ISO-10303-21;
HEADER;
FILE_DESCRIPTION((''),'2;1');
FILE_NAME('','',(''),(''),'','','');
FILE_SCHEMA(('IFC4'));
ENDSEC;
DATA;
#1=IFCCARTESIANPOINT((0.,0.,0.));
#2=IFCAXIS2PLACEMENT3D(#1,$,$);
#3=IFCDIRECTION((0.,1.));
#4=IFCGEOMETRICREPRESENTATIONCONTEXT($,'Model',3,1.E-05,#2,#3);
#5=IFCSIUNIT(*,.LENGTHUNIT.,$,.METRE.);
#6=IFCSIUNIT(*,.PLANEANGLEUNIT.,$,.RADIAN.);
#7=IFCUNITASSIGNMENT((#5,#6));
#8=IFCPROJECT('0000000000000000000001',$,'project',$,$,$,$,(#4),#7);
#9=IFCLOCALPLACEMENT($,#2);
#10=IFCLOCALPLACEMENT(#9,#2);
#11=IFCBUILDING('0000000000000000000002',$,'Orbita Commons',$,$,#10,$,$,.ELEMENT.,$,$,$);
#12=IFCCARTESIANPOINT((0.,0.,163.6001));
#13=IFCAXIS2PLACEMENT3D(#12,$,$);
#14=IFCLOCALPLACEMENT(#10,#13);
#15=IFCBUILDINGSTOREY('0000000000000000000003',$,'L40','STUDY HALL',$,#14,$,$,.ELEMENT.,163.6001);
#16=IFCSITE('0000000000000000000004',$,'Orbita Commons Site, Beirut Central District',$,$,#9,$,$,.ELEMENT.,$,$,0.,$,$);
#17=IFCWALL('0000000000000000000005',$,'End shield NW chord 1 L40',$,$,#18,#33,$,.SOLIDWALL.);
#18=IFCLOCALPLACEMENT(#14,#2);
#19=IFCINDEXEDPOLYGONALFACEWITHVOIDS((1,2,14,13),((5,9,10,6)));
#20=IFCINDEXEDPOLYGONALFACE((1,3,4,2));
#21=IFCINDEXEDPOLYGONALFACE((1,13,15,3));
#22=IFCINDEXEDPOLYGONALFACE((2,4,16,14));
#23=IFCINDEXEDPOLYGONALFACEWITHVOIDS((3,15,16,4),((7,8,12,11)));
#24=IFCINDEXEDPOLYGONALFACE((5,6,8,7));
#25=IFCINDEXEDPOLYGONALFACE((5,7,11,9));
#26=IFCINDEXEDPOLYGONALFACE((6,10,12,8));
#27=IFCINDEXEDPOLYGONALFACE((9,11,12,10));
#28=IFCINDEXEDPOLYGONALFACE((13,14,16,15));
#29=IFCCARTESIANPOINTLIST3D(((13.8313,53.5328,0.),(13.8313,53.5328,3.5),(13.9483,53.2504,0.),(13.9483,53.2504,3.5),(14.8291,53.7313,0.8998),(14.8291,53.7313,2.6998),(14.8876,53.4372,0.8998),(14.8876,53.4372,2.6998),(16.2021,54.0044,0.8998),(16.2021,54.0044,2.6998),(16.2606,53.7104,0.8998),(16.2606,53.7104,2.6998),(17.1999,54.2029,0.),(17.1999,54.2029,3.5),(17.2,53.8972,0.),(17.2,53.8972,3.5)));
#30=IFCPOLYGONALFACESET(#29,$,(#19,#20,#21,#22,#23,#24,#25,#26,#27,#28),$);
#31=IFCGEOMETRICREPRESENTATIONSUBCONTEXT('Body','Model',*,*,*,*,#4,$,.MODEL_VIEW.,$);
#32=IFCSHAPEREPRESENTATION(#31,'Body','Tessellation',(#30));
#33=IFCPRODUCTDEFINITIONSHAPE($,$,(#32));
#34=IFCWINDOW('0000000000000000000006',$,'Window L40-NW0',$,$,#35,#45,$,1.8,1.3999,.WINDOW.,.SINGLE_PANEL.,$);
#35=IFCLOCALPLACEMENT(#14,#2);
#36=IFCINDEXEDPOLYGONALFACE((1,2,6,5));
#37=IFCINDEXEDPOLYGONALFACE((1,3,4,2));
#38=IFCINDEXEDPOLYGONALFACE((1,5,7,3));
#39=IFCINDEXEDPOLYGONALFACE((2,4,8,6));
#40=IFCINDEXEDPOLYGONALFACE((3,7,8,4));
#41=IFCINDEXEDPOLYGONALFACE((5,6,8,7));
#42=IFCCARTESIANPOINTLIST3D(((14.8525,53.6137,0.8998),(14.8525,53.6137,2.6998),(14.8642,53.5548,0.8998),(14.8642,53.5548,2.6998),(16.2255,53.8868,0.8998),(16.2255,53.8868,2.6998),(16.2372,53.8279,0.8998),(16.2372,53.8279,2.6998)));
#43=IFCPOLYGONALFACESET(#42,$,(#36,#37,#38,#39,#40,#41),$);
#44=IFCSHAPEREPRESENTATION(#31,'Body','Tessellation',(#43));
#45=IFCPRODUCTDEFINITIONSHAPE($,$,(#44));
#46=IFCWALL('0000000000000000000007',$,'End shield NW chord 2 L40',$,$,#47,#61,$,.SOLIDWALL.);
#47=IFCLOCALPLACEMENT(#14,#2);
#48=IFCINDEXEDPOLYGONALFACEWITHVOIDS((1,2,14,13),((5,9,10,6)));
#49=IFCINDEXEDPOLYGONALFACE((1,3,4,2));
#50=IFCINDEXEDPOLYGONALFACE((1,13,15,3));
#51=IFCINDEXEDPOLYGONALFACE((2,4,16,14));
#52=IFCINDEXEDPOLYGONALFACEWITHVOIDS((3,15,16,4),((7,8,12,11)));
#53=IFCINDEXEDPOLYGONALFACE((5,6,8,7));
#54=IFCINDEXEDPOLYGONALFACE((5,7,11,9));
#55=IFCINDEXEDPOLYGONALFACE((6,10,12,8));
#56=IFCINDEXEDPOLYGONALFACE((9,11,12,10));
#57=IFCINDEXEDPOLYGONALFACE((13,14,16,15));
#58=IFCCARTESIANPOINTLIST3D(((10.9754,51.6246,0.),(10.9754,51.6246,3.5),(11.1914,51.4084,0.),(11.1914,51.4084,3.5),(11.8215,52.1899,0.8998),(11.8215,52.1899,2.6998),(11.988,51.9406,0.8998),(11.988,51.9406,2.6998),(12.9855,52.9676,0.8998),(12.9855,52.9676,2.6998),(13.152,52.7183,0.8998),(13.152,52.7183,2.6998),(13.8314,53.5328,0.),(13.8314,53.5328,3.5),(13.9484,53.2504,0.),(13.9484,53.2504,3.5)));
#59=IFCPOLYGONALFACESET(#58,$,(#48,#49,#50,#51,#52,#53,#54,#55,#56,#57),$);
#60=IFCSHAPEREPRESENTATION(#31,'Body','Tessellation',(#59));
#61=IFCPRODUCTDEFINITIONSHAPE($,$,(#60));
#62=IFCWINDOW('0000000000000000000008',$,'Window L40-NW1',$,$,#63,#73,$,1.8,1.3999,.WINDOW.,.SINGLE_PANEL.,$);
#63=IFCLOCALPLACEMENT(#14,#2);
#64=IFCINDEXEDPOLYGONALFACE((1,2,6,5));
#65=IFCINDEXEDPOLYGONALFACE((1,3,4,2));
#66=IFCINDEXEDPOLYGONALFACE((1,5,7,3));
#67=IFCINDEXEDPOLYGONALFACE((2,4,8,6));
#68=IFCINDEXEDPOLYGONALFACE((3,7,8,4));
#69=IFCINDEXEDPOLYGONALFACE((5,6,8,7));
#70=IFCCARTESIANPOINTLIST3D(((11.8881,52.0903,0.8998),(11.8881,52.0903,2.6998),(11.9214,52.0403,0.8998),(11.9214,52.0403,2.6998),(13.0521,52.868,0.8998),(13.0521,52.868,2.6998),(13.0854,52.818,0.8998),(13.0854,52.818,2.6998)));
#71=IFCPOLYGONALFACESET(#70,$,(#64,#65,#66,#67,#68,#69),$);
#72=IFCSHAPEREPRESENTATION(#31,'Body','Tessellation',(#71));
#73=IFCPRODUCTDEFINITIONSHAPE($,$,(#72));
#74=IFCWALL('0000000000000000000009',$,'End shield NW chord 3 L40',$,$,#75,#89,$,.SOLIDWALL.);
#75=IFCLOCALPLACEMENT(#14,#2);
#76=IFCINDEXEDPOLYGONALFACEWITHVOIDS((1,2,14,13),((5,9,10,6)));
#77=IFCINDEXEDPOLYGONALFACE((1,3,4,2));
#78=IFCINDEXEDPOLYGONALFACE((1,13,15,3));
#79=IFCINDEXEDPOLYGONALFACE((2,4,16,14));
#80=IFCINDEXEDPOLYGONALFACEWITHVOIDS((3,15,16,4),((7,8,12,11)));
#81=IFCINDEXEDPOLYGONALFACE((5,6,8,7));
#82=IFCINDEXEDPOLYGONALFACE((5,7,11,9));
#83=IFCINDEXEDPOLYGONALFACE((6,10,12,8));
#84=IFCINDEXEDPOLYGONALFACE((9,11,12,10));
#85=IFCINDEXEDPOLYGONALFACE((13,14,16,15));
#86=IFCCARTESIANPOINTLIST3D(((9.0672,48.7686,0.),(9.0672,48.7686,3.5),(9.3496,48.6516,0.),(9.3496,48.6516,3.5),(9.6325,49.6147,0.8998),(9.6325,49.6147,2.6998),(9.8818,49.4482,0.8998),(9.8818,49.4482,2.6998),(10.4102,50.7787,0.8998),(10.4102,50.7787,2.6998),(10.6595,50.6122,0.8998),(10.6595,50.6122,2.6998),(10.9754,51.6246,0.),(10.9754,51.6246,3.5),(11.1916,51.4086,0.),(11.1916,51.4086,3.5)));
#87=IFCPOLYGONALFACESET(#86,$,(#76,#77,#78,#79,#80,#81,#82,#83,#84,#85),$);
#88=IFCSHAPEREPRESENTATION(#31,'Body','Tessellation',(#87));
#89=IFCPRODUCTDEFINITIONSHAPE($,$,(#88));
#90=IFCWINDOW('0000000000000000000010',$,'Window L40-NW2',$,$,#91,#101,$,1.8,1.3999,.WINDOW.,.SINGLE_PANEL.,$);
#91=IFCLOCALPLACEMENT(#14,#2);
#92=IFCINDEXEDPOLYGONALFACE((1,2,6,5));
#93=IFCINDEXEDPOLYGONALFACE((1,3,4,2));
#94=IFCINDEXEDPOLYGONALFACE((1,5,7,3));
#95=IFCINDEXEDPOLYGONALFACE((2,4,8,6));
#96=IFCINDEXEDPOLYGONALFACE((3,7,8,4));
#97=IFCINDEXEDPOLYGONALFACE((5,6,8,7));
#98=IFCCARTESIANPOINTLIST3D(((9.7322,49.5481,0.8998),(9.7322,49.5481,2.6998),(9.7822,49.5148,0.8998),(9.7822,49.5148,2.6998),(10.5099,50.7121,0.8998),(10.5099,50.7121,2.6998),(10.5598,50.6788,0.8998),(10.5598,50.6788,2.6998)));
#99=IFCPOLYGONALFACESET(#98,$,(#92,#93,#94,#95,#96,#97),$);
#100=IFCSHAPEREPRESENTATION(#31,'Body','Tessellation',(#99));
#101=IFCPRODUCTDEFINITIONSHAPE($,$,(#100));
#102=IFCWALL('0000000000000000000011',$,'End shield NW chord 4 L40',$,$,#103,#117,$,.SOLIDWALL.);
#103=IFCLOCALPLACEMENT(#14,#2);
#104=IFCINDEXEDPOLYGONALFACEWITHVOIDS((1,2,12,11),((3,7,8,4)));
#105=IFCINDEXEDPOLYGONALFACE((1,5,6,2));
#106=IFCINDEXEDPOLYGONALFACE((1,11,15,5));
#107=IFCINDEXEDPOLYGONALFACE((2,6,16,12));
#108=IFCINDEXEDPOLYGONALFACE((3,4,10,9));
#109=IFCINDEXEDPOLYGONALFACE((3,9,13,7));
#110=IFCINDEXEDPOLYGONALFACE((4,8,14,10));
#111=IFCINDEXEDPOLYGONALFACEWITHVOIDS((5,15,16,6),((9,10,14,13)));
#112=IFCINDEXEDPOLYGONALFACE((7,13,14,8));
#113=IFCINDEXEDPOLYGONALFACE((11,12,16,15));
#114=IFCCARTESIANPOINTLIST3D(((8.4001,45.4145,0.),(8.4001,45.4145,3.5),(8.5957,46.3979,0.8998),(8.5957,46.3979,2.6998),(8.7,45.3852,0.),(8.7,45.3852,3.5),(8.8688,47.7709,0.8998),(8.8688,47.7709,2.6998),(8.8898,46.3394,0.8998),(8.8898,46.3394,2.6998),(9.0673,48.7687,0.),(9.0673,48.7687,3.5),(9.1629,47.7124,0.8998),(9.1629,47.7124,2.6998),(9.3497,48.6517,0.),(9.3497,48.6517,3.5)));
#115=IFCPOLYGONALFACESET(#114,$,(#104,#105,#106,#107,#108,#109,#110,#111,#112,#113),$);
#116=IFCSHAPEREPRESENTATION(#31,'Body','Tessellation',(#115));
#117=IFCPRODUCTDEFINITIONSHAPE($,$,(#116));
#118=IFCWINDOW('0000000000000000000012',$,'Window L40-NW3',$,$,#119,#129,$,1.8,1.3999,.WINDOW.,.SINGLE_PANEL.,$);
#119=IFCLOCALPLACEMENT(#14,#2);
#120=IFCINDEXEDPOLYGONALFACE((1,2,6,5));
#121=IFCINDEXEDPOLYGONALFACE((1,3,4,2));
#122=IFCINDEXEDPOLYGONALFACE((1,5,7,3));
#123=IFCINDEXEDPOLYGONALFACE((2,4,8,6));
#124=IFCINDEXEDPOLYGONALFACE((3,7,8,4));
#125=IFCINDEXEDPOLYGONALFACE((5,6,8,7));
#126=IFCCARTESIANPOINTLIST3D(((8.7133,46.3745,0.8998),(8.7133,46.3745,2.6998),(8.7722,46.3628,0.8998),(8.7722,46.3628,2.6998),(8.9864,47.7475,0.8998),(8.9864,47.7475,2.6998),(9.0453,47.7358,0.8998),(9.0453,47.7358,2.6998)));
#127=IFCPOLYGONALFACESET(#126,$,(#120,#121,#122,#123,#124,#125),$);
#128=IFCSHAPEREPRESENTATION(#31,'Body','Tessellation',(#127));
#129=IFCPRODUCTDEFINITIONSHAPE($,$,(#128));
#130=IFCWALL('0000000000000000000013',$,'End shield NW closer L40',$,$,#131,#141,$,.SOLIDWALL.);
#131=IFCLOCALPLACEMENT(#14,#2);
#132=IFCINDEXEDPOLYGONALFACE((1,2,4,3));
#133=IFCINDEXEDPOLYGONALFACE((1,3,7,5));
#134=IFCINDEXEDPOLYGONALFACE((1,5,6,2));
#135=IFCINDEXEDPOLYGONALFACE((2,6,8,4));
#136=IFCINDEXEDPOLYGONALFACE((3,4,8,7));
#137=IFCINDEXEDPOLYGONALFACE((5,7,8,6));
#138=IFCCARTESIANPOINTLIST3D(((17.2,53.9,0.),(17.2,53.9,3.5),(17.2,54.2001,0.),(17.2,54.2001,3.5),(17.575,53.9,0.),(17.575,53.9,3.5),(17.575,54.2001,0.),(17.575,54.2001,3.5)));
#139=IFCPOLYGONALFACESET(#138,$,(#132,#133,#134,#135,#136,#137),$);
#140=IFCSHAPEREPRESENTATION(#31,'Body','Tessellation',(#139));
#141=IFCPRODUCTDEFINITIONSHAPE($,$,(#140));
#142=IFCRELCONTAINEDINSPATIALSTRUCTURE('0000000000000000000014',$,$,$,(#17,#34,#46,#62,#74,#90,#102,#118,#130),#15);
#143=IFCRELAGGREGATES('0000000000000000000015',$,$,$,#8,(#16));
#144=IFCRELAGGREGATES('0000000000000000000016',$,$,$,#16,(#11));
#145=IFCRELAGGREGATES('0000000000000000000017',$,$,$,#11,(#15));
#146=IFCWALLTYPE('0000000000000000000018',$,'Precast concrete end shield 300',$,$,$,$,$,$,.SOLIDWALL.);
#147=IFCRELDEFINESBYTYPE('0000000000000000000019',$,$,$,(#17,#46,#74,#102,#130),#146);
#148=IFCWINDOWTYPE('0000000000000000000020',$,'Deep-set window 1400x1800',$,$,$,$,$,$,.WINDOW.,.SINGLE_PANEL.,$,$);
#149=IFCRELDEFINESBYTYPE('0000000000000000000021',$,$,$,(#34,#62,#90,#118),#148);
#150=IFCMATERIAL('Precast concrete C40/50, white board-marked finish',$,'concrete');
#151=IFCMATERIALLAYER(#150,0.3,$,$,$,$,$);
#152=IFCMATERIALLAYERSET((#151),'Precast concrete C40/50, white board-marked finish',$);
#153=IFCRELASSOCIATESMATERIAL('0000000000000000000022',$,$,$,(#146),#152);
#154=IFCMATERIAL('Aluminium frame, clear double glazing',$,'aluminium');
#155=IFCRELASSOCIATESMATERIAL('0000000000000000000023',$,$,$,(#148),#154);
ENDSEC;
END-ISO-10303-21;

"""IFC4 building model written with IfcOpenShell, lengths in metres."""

from ifc_helpers import new_model, si_unit, direction, frame, frame_2d, origin, place, context, subcontext, project, spatial, polyline, rectangle, outline, extrude, material, layer, layer_set, type_object, element, fill, save


model = new_model("IFC4")

# Units and contexts
model_context = context("Model", 3, precision=1e-05, world=origin(), true_north=direction((0.0, 1.0)))
body_context = subcontext(model_context, "Body", "Model", "MODEL_VIEW")
ifc_project = project(units=[si_unit("LENGTHUNIT", "METRE"), si_unit("PLANEANGLEUNIT", "RADIAN")], contexts=[model_context])

# Site, building, storey
site_placement = place(None, origin())
site = spatial("IfcSite", under=ifc_project, at=site_placement, Name="Orbita Commons Site, Beirut Central District", CompositionType="ELEMENT", RefElevation=0.0)
building_placement = place(site_placement, origin())
building = spatial("IfcBuilding", under=site, at=building_placement, Name="Orbita Commons", CompositionType="ELEMENT")
storey_placement = place(building_placement, frame((0.0, 0.0, 163.6001)))
storey = spatial("IfcBuildingStorey", under=building, at=storey_placement, Name="L40", Description="STUDY HALL", CompositionType="ELEMENT", Elevation=163.6001)

# Walls, openings, windows
ifc_material_1 = material(Name="Precast concrete C40/50, white board-marked finish", Category="concrete")
ifc_layer_1 = layer(ifc_material_1, 0.3)
ifc_layer_set_1 = layer_set([ifc_layer_1], Name="Precast concrete C40/50, white board-marked finish")
wall_type_1 = type_object("IfcWallType", Name="Precast concrete end shield 300", PredefinedType="SOLIDWALL", material=ifc_layer_set_1)
wall_1_placement = place(storey_placement, frame((17.2, 54.05, 0.0), z_axis=(0.0, 0.0, 1.0), x_axis=(-0.980783, -0.1951, 0.0)))
wall_1 = element("IfcWall", 1, at=wall_1_placement, inside=storey, type_object=wall_type_1, Name="End shield NW chord 1 L40", PredefinedType="SOLIDWALL", context=body_context, shape_type="SweptSolid", body=[
    extrude(outline(polyline([(-0.0298, -0.1499), (3.4048, -0.1499), (3.3452, 0.1499), (0.0298, 0.1499), (-0.0298, -0.1499)])), origin(), (0.0, 0.0, 1.0), 3.5),
])
opening_1_placement = place(wall_1_placement, frame((0.9875, 0.0, 0.8999)))
opening_1 = element("IfcOpeningElement", 2, at=opening_1_placement, cuts=wall_1, PredefinedType="OPENING", context=body_context, shape_type="SweptSolid", body=[
    extrude(rectangle(XDim=1.3999, YDim=1.8, at=frame_2d((0.7, 0.8999))), frame((0.0, 0.1599, 0.0), z_axis=(0.0, -1.0, 0.0), x_axis=(1.0, 0.0, 0.0)), (0.0, 0.0, 1.0), 0.3201),
])
ifc_material_2 = material(Name="Aluminium frame, clear double glazing", Category="aluminium")
window_type = type_object("IfcWindowType", Name="Deep-set window 1400x1800", PartitioningType="SINGLE_PANEL", PredefinedType="WINDOW", material=ifc_material_2)
window_1_placement = place(opening_1_placement, origin())
window_1 = element("IfcWindow", 3, at=window_1_placement, inside=storey, type_object=window_type, Name="Window L40-NW0", OverallHeight=1.8, OverallWidth=1.3999, PartitioningType="SINGLE_PANEL", PredefinedType="WINDOW", context=body_context, shape_type="SweptSolid", body=[
    extrude(rectangle(XDim=1.3999, YDim=1.8, at=frame_2d((0.7, 0.8999))), frame((0.0, 0.03, 0.0), z_axis=(0.0, -1.0, 0.0), x_axis=(1.0, 0.0, 0.0)), (0.0, 0.0, 1.0), 0.0601),
])
fill(opening_1, window_1)
wall_2_placement = place(storey_placement, frame((13.8899, 53.3916, 0.0), z_axis=(0.0, 0.0, 1.0), x_axis=(-0.831493, -0.555535, 0.0)))
wall_2 = element("IfcWall", 4, at=wall_2_placement, inside=storey, type_object=wall_type_1, Name="End shield NW chord 2 L40", PredefinedType="SOLIDWALL", context=body_context, shape_type="SweptSolid", body=[
    extrude(outline(polyline([(-0.0298, -0.1499), (3.405, -0.1499), (3.3455, 0.1499), (0.0298, 0.1499), (-0.0298, -0.1499)])), origin(), (0.0, 0.0, 1.0), 3.5),
])
opening_2_placement = place(wall_2_placement, frame((0.9875, 0.0, 0.8999)))
opening_2 = element("IfcOpeningElement", 5, at=opening_2_placement, cuts=wall_2, PredefinedType="OPENING", context=body_context, shape_type="SweptSolid", body=[
    extrude(rectangle(XDim=1.3999, YDim=1.8, at=frame_2d((0.7, 0.8999))), frame((0.0, 0.1599, 0.0), z_axis=(0.0, -1.0, 0.0), x_axis=(1.0, 0.0, 0.0)), (0.0, 0.0, 1.0), 0.3201),
])
window_2_placement = place(opening_2_placement, origin())
window_2 = element("IfcWindow", 6, at=window_2_placement, inside=storey, type_object=window_type, Name="Window L40-NW1", OverallHeight=1.8, OverallWidth=1.3999, PartitioningType="SINGLE_PANEL", PredefinedType="WINDOW", context=body_context, shape_type="SweptSolid", body=[
    extrude(rectangle(XDim=1.3999, YDim=1.8, at=frame_2d((0.7, 0.8999))), frame((0.0, 0.03, 0.0), z_axis=(0.0, -1.0, 0.0), x_axis=(1.0, 0.0, 0.0)), (0.0, 0.0, 1.0), 0.0601),
])
fill(opening_2, window_2)
wall_3_placement = place(storey_placement, frame((11.0835, 51.5166, 0.0), z_axis=(0.0, 0.0, 1.0), x_axis=(-0.555535, -0.831493, 0.0)))
wall_3 = element("IfcWall", 7, at=wall_3_placement, inside=storey, type_object=wall_type_1, Name="End shield NW chord 3 L40", PredefinedType="SOLIDWALL", context=body_context, shape_type="SweptSolid", body=[
    extrude(outline(polyline([(-0.0298, -0.1499), (3.405, -0.1499), (3.3455, 0.1499), (0.0298, 0.1499), (-0.0298, -0.1499)])), origin(), (0.0, 0.0, 1.0), 3.5),
])
opening_3_placement = place(wall_3_placement, frame((0.9875, 0.0, 0.8999)))
opening_3 = element("IfcOpeningElement", 8, at=opening_3_placement, cuts=wall_3, PredefinedType="OPENING", context=body_context, shape_type="SweptSolid", body=[
    extrude(rectangle(XDim=1.3999, YDim=1.8, at=frame_2d((0.7, 0.8999))), frame((0.0, 0.1599, 0.0), z_axis=(0.0, -1.0, 0.0), x_axis=(1.0, 0.0, 0.0)), (0.0, 0.0, 1.0), 0.3201),
])
window_3_placement = place(opening_3_placement, origin())
window_3 = element("IfcWindow", 9, at=window_3_placement, inside=storey, type_object=window_type, Name="Window L40-NW2", OverallHeight=1.8, OverallWidth=1.3999, PartitioningType="SINGLE_PANEL", PredefinedType="WINDOW", context=body_context, shape_type="SweptSolid", body=[
    extrude(rectangle(XDim=1.3999, YDim=1.8, at=frame_2d((0.7, 0.8999))), frame((0.0, 0.03, 0.0), z_axis=(0.0, -1.0, 0.0), x_axis=(1.0, 0.0, 0.0)), (0.0, 0.0, 1.0), 0.0601),
])
fill(opening_3, window_3)
wall_4_placement = place(storey_placement, frame((9.2085, 48.7102, 0.0), z_axis=(0.0, 0.0, 1.0), x_axis=(-0.195087, -0.980786, 0.0)))
wall_4 = element("IfcWall", 10, at=wall_4_placement, inside=storey, type_object=wall_type_1, Name="End shield NW chord 4 L40", PredefinedType="SOLIDWALL", context=body_context, shape_type="SweptSolid", body=[
    extrude(outline(polyline([(-0.0298, -0.1499), (3.3901, -0.1499), (3.3604, 0.1499), (0.0298, 0.1499), (-0.0298, -0.1499)])), origin(), (0.0, 0.0, 1.0), 3.5),
])
opening_4_placement = place(wall_4_placement, frame((0.9875, 0.0, 0.8999)))
opening_4 = element("IfcOpeningElement", 11, at=opening_4_placement, cuts=wall_4, PredefinedType="OPENING", context=body_context, shape_type="SweptSolid", body=[
    extrude(rectangle(XDim=1.3999, YDim=1.8, at=frame_2d((0.7, 0.8999))), frame((0.0, 0.1599, 0.0), z_axis=(0.0, -1.0, 0.0), x_axis=(1.0, 0.0, 0.0)), (0.0, 0.0, 1.0), 0.3201),
])
window_4_placement = place(opening_4_placement, origin())
window_4 = element("IfcWindow", 12, at=window_4_placement, inside=storey, type_object=window_type, Name="Window L40-NW3", OverallHeight=1.8, OverallWidth=1.3999, PartitioningType="SINGLE_PANEL", PredefinedType="WINDOW", context=body_context, shape_type="SweptSolid", body=[
    extrude(rectangle(XDim=1.3999, YDim=1.8, at=frame_2d((0.7, 0.8999))), frame((0.0, 0.03, 0.0), z_axis=(0.0, -1.0, 0.0), x_axis=(1.0, 0.0, 0.0)), (0.0, 0.0, 1.0), 0.0601),
])
fill(opening_4, window_4)

# Wall
wall_5_placement = place(storey_placement, frame((17.2, 54.05, 0.0), z_axis=(0.0, 0.0, 1.0), x_axis=(1.0, 0.0, 0.0)))
element("IfcWall", 13, at=wall_5_placement, inside=storey, type_object=wall_type_1, Name="End shield NW closer L40", PredefinedType="SOLIDWALL", context=body_context, shape_type="SweptSolid", body=[
    extrude(rectangle(XDim=0.375, YDim=0.3, at=frame_2d((0.1875, 0.0))), origin(), (0.0, 0.0, 1.0), 3.5),
])

save(model, "model.ifc")
